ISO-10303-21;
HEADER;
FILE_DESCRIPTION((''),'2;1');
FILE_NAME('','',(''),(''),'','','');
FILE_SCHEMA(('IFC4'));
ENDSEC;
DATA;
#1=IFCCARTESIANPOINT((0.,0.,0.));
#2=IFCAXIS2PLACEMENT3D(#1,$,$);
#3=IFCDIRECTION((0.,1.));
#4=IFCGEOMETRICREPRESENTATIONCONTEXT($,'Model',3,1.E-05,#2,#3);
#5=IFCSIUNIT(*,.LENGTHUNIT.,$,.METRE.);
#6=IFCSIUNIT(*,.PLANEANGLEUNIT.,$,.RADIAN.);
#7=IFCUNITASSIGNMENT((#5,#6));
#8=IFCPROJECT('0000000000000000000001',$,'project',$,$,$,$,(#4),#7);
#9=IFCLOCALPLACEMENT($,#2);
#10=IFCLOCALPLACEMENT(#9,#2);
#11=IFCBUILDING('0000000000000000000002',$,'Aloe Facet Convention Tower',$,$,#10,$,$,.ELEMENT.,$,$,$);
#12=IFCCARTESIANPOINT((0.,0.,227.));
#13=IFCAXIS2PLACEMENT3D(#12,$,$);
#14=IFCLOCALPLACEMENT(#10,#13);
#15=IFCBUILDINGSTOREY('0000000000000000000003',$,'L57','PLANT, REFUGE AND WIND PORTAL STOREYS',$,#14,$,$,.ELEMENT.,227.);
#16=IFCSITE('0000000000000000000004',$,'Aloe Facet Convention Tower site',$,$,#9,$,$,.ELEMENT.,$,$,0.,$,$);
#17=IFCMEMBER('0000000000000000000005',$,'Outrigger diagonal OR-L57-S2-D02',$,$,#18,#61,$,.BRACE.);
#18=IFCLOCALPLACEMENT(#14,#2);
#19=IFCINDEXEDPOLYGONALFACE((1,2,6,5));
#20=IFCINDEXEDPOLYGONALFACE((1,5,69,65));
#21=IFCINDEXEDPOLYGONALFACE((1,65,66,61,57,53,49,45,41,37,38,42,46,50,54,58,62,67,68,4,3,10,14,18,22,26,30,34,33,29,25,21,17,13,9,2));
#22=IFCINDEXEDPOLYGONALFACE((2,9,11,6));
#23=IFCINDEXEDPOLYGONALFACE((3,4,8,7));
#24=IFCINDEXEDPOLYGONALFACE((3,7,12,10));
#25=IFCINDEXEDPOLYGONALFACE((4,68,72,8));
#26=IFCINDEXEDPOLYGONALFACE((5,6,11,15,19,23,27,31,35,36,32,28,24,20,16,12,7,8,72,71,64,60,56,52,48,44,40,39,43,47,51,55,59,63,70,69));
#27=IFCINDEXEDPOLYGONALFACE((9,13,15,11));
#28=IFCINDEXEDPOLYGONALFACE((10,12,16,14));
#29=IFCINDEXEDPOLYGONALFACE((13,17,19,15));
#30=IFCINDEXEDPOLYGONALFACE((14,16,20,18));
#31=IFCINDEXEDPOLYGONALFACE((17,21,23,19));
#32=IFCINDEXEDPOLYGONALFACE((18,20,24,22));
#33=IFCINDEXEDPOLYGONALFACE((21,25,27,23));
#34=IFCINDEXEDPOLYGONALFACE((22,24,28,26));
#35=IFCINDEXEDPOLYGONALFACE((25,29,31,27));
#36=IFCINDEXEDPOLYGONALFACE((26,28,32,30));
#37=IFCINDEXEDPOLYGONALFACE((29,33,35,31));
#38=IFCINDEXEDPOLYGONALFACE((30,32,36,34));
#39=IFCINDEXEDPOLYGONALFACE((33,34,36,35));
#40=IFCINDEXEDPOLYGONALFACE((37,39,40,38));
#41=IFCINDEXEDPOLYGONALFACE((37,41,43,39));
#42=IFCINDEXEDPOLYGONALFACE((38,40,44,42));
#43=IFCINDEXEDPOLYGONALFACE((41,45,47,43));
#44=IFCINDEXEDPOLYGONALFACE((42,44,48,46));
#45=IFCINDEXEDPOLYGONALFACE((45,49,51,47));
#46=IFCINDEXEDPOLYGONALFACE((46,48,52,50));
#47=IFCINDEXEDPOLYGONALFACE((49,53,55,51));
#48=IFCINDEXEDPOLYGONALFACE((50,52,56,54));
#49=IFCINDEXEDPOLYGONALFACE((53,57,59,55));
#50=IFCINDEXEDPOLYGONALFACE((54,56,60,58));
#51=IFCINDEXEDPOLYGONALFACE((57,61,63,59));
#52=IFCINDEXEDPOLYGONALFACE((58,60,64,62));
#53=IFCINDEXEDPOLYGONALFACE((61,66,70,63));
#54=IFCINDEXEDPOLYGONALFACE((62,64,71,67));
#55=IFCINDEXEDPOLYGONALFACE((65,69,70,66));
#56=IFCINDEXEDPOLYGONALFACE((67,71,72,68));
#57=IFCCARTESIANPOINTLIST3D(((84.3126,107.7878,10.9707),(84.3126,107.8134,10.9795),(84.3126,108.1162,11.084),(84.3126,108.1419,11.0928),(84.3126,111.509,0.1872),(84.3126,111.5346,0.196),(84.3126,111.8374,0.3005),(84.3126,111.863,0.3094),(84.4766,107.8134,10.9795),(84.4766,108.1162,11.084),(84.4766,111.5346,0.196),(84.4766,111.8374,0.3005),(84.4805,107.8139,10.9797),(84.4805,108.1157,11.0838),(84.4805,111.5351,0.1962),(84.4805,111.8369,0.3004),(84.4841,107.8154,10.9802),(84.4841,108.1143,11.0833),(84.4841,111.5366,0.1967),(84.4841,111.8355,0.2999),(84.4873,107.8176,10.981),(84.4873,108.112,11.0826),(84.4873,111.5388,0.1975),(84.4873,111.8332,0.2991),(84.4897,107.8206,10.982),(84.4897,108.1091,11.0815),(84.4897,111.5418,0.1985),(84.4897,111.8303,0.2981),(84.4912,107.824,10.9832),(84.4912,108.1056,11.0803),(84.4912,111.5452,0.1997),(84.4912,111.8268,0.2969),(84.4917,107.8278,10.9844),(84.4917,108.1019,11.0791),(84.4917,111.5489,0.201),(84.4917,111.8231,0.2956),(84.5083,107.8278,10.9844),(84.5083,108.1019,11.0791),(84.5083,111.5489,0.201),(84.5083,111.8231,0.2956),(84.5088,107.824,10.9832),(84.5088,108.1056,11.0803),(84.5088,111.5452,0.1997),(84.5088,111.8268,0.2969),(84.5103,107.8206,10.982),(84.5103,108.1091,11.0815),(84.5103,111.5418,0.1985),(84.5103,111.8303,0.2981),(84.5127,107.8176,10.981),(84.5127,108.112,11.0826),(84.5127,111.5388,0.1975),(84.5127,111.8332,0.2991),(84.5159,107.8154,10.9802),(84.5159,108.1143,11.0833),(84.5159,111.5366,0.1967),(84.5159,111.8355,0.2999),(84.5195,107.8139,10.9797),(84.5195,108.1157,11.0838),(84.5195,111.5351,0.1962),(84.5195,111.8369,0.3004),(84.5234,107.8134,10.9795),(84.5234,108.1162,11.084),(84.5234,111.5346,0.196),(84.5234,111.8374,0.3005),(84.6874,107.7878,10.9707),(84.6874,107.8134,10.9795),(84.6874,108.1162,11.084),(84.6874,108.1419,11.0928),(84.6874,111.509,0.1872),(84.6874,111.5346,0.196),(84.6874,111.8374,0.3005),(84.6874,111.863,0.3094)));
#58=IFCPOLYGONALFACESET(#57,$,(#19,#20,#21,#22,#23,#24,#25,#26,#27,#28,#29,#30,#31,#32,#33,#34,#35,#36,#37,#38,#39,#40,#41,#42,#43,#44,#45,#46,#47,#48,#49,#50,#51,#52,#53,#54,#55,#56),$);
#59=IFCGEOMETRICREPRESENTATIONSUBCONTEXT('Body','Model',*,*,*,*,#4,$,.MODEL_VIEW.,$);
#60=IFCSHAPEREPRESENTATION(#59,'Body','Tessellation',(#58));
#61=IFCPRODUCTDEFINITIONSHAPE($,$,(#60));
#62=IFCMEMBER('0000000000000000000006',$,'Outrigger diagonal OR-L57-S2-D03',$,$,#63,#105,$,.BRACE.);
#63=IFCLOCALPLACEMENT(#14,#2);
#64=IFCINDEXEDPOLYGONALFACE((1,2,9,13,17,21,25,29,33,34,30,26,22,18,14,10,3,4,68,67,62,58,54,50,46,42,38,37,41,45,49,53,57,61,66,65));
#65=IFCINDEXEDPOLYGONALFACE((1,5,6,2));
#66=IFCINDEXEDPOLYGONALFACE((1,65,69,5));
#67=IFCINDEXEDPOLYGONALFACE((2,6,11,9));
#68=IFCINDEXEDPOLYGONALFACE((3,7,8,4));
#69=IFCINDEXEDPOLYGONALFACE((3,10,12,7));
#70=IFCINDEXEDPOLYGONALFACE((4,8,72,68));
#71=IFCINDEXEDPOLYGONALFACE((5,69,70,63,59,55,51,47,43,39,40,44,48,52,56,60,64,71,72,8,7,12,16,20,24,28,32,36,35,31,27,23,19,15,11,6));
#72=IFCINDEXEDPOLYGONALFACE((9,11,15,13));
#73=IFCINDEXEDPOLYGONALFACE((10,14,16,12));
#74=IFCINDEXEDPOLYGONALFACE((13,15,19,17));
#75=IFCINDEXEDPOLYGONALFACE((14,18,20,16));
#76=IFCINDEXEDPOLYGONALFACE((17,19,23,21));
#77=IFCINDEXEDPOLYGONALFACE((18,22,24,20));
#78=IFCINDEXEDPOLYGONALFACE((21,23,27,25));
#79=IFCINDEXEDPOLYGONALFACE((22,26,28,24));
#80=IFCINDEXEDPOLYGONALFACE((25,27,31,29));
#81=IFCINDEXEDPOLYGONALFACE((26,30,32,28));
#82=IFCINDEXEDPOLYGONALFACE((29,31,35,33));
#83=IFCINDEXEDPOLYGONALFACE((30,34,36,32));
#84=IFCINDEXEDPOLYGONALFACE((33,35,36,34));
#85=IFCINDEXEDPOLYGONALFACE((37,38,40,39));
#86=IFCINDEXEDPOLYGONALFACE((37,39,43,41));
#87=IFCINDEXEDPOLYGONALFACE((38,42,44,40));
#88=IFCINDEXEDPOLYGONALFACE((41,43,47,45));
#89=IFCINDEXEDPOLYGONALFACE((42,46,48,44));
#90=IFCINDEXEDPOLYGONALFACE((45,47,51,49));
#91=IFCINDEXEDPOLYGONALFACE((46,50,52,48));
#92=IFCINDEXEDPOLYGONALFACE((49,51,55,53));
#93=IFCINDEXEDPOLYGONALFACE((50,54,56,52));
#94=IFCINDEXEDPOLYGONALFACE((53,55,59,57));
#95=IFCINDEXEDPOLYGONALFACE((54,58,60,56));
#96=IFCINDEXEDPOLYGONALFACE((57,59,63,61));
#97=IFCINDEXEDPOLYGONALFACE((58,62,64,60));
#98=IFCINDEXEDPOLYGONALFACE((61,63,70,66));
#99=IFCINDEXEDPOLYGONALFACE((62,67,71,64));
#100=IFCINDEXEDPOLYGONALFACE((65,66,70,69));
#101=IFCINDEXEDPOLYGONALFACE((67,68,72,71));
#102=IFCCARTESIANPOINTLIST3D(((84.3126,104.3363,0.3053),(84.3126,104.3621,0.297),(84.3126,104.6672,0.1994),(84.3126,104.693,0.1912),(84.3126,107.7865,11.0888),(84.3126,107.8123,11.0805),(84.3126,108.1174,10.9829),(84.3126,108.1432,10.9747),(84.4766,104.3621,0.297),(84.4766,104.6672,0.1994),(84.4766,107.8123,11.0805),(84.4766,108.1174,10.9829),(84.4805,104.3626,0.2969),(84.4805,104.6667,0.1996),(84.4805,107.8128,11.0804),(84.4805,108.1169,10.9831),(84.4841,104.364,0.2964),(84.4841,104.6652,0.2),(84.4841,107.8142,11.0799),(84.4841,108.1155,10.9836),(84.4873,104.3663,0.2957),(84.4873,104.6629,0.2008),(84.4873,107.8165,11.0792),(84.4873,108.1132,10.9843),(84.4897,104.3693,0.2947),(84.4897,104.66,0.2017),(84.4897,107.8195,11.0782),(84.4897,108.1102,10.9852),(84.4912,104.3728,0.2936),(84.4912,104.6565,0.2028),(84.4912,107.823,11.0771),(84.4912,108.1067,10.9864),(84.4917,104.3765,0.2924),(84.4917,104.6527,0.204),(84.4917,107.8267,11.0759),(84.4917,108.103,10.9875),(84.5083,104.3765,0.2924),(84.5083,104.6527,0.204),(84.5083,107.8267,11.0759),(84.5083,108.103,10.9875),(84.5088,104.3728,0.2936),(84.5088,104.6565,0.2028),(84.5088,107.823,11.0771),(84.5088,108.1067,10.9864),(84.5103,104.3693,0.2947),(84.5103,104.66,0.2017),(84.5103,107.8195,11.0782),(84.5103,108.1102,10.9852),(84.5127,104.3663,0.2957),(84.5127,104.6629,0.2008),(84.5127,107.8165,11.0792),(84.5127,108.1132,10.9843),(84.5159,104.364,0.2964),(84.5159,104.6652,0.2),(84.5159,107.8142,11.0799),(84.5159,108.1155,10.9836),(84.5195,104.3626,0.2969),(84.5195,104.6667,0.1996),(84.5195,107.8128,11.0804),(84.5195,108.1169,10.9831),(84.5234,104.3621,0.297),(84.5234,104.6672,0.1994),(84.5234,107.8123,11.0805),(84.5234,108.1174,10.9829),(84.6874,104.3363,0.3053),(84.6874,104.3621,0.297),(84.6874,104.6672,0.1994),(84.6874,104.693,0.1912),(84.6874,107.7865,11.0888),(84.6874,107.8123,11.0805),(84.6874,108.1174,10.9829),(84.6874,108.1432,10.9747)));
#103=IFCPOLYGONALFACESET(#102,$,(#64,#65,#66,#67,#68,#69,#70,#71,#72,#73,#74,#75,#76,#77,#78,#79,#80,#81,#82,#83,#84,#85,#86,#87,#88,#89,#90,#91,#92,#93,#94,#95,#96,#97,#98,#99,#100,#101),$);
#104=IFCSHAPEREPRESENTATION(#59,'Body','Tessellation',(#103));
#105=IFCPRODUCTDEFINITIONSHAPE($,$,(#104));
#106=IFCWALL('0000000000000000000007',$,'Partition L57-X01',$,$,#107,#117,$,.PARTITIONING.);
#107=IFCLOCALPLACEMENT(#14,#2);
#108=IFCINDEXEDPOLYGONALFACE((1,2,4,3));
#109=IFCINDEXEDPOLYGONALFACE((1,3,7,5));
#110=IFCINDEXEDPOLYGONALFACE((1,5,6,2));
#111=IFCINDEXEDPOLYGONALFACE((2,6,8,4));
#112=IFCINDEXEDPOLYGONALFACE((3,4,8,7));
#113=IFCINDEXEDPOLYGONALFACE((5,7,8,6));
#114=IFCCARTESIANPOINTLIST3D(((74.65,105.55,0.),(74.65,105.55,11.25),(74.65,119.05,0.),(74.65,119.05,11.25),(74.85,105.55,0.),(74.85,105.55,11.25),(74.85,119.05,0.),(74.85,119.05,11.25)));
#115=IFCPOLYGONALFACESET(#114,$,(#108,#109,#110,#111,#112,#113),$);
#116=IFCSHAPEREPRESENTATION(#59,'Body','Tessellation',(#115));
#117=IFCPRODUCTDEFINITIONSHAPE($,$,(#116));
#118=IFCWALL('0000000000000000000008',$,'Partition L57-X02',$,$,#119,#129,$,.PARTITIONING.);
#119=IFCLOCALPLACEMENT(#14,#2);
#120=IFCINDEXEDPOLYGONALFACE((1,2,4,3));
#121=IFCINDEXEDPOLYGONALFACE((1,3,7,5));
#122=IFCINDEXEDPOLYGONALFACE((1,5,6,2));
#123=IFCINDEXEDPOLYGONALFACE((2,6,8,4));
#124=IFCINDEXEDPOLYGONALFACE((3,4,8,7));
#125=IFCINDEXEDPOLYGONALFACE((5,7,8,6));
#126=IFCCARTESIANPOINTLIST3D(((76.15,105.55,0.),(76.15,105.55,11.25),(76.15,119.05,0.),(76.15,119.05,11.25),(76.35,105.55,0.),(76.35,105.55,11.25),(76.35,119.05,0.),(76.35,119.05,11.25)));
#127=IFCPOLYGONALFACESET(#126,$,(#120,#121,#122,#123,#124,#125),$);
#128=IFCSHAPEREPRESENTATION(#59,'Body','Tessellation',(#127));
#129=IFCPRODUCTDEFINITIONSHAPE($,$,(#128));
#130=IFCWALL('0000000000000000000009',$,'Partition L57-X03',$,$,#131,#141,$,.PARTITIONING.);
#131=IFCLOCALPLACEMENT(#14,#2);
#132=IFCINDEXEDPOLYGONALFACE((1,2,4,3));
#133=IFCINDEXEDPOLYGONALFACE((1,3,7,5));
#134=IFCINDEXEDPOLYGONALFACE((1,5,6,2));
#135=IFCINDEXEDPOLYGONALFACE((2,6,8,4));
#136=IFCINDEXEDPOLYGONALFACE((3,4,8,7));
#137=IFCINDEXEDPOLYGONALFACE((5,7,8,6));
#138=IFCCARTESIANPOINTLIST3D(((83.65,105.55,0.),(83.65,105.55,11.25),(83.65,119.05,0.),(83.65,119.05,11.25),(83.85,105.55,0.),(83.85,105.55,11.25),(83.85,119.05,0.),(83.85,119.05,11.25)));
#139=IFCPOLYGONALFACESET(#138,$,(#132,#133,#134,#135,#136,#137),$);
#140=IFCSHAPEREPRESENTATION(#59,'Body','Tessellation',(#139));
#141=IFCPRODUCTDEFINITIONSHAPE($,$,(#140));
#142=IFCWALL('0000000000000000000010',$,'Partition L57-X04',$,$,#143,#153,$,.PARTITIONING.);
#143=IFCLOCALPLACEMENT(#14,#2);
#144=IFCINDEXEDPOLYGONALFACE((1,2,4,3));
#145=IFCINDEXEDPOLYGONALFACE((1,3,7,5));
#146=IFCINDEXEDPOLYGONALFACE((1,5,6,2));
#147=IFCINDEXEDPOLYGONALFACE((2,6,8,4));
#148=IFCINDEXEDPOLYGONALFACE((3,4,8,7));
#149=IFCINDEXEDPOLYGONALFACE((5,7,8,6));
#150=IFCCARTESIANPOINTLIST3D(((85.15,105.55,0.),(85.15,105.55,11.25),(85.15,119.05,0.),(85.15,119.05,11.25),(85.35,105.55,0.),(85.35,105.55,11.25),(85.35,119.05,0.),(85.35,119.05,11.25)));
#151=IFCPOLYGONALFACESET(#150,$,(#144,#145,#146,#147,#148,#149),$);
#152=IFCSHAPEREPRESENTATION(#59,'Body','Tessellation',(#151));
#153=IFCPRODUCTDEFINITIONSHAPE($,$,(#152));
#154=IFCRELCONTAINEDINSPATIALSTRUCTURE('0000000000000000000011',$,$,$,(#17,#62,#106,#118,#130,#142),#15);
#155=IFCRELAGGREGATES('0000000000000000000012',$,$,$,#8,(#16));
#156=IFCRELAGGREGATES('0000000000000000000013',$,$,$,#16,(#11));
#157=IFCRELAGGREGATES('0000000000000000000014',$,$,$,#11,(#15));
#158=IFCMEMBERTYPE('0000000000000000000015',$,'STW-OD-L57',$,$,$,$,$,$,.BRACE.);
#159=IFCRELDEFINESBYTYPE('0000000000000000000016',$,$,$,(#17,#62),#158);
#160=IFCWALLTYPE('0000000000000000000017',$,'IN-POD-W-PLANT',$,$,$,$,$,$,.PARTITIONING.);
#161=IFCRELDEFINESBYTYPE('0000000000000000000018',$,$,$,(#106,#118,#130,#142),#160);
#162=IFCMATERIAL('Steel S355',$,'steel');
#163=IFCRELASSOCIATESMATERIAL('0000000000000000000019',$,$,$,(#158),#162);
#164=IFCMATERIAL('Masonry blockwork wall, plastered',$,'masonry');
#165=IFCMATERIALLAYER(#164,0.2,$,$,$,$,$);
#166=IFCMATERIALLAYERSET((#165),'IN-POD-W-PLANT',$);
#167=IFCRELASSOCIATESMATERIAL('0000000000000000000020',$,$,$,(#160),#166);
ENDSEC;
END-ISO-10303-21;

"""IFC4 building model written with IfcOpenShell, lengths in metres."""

from ifc_helpers import new_model, si_unit, direction, frame, frame_2d, origin, origin_2d, place, context, subcontext, project, spatial, rectangle, i_section, extrude, material, layer, layer_set, material_profile, profile_set, type_object, element, save


model = new_model("IFC4")

# Units and contexts
model_context = context("Model", 3, precision=1e-05, world=origin(), true_north=direction((0.0, 1.0)))
body_context = subcontext(model_context, "Body", "Model", "MODEL_VIEW")
ifc_project = project(units=[si_unit("LENGTHUNIT", "METRE"), si_unit("PLANEANGLEUNIT", "RADIAN")], contexts=[model_context])

# Site, building, storey
site_placement = place(None, origin())
site = spatial("IfcSite", under=ifc_project, at=site_placement, Name="Aloe Facet Convention Tower site", CompositionType="ELEMENT", RefElevation=0.0)
building_placement = place(site_placement, origin())
building = spatial("IfcBuilding", under=site, at=building_placement, Name="Aloe Facet Convention Tower", CompositionType="ELEMENT")
storey_placement = place(building_placement, frame((0.0, 0.0, 227.0)))
storey = spatial("IfcBuildingStorey", under=building, at=storey_placement, Name="L57", Description="PLANT, REFUGE AND WIND PORTAL STOREYS", CompositionType="ELEMENT", Elevation=227.0)

# Members
ifc_material_1 = material(Name="Steel S355", Category="steel")
ifc_material_profile_1 = material_profile(ifc_material_1, i_section(OverallWidth=0.3748, OverallDepth=0.3745, WebThickness=0.0166, FlangeThickness=0.0271, FilletRadius=0.0151, at=origin_2d()), Name="UC 356x368x202")
ifc_profile_set_1 = profile_set([ifc_material_profile_1], Name="Steel S355")
member_type_1 = type_object("IfcMemberType", Name="STW-OD-L57", PredefinedType="BRACE", material=ifc_profile_set_1)
for number, where, z_axis, x_axis, name in (
    (1, (84.5, 111.686, 0.2483), (0.0, -0.326207, 0.945298), (1.0, 0.0, 0.0), "Outrigger diagonal OR-L57-S2-D02"),
):
    element("IfcMember", number, at=place(storey_placement, frame(where, z_axis=z_axis, x_axis=x_axis)), inside=storey, type_object=member_type_1, Name=name, PredefinedType="BRACE", context=body_context, shape_type="SweptSolid", body=[
        extrude(i_section(OverallWidth=0.3748, OverallDepth=0.3745, WebThickness=0.0166, FlangeThickness=0.0271, FilletRadius=0.0151, at=origin_2d()), origin(), (0.0, 0.0, 1.0), 11.4075),
    ])
member_1_placement = place(storey_placement, frame((84.5, 107.9648, 11.0317), z_axis=(0.0, -0.304735, -0.952437), x_axis=(1.0, 0.0, 0.0)))
element("IfcMember", 2, at=member_1_placement, inside=storey, type_object=member_type_1, Name="Outrigger diagonal OR-L57-S2-D03", PredefinedType="BRACE", context=body_context, shape_type="SweptSolid", body=[
    extrude(i_section(OverallWidth=0.3748, OverallDepth=0.3745, WebThickness=0.0166, FlangeThickness=0.0271, FilletRadius=0.0151, at=origin_2d()), origin(), (0.0, 0.0, 1.0), 11.322),
])

# Walls
ifc_material_2 = material(Name="Masonry blockwork wall, plastered", Category="masonry")
ifc_layer = layer(ifc_material_2, 0.2)
ifc_layer_set = layer_set([ifc_layer], Name="IN-POD-W-PLANT")
wall_type = type_object("IfcWallType", Name="IN-POD-W-PLANT", PredefinedType="PARTITIONING", material=ifc_layer_set)
for number, where, z_axis, x_axis, name in (
    (3, (74.75, 105.55, 0.0), (0.0, 0.0, 1.0), (0.0, 1.0, 0.0), "Partition L57-X01"),
    (4, (76.25, 105.55, 0.0), (0.0, 0.0, 1.0), (0.0, 1.0, 0.0), "Partition L57-X02"),
    (5, (83.75, 105.55, 0.0), (0.0, 0.0, 1.0), (0.0, 1.0, 0.0), "Partition L57-X03"),
    (6, (85.25, 105.55, 0.0), (0.0, 0.0, 1.0), (0.0, 1.0, 0.0), "Partition L57-X04"),
):
    element("IfcWall", number, at=place(storey_placement, frame(where, z_axis=z_axis, x_axis=x_axis)), inside=storey, type_object=wall_type, Name=name, PredefinedType="PARTITIONING", context=body_context, shape_type="SweptSolid", body=[
        extrude(rectangle(XDim=13.5, YDim=0.2, at=frame_2d((6.75, 0.0))), origin(), (0.0, 0.0, 1.0), 11.25),
    ])

save(model, "model.ifc")
